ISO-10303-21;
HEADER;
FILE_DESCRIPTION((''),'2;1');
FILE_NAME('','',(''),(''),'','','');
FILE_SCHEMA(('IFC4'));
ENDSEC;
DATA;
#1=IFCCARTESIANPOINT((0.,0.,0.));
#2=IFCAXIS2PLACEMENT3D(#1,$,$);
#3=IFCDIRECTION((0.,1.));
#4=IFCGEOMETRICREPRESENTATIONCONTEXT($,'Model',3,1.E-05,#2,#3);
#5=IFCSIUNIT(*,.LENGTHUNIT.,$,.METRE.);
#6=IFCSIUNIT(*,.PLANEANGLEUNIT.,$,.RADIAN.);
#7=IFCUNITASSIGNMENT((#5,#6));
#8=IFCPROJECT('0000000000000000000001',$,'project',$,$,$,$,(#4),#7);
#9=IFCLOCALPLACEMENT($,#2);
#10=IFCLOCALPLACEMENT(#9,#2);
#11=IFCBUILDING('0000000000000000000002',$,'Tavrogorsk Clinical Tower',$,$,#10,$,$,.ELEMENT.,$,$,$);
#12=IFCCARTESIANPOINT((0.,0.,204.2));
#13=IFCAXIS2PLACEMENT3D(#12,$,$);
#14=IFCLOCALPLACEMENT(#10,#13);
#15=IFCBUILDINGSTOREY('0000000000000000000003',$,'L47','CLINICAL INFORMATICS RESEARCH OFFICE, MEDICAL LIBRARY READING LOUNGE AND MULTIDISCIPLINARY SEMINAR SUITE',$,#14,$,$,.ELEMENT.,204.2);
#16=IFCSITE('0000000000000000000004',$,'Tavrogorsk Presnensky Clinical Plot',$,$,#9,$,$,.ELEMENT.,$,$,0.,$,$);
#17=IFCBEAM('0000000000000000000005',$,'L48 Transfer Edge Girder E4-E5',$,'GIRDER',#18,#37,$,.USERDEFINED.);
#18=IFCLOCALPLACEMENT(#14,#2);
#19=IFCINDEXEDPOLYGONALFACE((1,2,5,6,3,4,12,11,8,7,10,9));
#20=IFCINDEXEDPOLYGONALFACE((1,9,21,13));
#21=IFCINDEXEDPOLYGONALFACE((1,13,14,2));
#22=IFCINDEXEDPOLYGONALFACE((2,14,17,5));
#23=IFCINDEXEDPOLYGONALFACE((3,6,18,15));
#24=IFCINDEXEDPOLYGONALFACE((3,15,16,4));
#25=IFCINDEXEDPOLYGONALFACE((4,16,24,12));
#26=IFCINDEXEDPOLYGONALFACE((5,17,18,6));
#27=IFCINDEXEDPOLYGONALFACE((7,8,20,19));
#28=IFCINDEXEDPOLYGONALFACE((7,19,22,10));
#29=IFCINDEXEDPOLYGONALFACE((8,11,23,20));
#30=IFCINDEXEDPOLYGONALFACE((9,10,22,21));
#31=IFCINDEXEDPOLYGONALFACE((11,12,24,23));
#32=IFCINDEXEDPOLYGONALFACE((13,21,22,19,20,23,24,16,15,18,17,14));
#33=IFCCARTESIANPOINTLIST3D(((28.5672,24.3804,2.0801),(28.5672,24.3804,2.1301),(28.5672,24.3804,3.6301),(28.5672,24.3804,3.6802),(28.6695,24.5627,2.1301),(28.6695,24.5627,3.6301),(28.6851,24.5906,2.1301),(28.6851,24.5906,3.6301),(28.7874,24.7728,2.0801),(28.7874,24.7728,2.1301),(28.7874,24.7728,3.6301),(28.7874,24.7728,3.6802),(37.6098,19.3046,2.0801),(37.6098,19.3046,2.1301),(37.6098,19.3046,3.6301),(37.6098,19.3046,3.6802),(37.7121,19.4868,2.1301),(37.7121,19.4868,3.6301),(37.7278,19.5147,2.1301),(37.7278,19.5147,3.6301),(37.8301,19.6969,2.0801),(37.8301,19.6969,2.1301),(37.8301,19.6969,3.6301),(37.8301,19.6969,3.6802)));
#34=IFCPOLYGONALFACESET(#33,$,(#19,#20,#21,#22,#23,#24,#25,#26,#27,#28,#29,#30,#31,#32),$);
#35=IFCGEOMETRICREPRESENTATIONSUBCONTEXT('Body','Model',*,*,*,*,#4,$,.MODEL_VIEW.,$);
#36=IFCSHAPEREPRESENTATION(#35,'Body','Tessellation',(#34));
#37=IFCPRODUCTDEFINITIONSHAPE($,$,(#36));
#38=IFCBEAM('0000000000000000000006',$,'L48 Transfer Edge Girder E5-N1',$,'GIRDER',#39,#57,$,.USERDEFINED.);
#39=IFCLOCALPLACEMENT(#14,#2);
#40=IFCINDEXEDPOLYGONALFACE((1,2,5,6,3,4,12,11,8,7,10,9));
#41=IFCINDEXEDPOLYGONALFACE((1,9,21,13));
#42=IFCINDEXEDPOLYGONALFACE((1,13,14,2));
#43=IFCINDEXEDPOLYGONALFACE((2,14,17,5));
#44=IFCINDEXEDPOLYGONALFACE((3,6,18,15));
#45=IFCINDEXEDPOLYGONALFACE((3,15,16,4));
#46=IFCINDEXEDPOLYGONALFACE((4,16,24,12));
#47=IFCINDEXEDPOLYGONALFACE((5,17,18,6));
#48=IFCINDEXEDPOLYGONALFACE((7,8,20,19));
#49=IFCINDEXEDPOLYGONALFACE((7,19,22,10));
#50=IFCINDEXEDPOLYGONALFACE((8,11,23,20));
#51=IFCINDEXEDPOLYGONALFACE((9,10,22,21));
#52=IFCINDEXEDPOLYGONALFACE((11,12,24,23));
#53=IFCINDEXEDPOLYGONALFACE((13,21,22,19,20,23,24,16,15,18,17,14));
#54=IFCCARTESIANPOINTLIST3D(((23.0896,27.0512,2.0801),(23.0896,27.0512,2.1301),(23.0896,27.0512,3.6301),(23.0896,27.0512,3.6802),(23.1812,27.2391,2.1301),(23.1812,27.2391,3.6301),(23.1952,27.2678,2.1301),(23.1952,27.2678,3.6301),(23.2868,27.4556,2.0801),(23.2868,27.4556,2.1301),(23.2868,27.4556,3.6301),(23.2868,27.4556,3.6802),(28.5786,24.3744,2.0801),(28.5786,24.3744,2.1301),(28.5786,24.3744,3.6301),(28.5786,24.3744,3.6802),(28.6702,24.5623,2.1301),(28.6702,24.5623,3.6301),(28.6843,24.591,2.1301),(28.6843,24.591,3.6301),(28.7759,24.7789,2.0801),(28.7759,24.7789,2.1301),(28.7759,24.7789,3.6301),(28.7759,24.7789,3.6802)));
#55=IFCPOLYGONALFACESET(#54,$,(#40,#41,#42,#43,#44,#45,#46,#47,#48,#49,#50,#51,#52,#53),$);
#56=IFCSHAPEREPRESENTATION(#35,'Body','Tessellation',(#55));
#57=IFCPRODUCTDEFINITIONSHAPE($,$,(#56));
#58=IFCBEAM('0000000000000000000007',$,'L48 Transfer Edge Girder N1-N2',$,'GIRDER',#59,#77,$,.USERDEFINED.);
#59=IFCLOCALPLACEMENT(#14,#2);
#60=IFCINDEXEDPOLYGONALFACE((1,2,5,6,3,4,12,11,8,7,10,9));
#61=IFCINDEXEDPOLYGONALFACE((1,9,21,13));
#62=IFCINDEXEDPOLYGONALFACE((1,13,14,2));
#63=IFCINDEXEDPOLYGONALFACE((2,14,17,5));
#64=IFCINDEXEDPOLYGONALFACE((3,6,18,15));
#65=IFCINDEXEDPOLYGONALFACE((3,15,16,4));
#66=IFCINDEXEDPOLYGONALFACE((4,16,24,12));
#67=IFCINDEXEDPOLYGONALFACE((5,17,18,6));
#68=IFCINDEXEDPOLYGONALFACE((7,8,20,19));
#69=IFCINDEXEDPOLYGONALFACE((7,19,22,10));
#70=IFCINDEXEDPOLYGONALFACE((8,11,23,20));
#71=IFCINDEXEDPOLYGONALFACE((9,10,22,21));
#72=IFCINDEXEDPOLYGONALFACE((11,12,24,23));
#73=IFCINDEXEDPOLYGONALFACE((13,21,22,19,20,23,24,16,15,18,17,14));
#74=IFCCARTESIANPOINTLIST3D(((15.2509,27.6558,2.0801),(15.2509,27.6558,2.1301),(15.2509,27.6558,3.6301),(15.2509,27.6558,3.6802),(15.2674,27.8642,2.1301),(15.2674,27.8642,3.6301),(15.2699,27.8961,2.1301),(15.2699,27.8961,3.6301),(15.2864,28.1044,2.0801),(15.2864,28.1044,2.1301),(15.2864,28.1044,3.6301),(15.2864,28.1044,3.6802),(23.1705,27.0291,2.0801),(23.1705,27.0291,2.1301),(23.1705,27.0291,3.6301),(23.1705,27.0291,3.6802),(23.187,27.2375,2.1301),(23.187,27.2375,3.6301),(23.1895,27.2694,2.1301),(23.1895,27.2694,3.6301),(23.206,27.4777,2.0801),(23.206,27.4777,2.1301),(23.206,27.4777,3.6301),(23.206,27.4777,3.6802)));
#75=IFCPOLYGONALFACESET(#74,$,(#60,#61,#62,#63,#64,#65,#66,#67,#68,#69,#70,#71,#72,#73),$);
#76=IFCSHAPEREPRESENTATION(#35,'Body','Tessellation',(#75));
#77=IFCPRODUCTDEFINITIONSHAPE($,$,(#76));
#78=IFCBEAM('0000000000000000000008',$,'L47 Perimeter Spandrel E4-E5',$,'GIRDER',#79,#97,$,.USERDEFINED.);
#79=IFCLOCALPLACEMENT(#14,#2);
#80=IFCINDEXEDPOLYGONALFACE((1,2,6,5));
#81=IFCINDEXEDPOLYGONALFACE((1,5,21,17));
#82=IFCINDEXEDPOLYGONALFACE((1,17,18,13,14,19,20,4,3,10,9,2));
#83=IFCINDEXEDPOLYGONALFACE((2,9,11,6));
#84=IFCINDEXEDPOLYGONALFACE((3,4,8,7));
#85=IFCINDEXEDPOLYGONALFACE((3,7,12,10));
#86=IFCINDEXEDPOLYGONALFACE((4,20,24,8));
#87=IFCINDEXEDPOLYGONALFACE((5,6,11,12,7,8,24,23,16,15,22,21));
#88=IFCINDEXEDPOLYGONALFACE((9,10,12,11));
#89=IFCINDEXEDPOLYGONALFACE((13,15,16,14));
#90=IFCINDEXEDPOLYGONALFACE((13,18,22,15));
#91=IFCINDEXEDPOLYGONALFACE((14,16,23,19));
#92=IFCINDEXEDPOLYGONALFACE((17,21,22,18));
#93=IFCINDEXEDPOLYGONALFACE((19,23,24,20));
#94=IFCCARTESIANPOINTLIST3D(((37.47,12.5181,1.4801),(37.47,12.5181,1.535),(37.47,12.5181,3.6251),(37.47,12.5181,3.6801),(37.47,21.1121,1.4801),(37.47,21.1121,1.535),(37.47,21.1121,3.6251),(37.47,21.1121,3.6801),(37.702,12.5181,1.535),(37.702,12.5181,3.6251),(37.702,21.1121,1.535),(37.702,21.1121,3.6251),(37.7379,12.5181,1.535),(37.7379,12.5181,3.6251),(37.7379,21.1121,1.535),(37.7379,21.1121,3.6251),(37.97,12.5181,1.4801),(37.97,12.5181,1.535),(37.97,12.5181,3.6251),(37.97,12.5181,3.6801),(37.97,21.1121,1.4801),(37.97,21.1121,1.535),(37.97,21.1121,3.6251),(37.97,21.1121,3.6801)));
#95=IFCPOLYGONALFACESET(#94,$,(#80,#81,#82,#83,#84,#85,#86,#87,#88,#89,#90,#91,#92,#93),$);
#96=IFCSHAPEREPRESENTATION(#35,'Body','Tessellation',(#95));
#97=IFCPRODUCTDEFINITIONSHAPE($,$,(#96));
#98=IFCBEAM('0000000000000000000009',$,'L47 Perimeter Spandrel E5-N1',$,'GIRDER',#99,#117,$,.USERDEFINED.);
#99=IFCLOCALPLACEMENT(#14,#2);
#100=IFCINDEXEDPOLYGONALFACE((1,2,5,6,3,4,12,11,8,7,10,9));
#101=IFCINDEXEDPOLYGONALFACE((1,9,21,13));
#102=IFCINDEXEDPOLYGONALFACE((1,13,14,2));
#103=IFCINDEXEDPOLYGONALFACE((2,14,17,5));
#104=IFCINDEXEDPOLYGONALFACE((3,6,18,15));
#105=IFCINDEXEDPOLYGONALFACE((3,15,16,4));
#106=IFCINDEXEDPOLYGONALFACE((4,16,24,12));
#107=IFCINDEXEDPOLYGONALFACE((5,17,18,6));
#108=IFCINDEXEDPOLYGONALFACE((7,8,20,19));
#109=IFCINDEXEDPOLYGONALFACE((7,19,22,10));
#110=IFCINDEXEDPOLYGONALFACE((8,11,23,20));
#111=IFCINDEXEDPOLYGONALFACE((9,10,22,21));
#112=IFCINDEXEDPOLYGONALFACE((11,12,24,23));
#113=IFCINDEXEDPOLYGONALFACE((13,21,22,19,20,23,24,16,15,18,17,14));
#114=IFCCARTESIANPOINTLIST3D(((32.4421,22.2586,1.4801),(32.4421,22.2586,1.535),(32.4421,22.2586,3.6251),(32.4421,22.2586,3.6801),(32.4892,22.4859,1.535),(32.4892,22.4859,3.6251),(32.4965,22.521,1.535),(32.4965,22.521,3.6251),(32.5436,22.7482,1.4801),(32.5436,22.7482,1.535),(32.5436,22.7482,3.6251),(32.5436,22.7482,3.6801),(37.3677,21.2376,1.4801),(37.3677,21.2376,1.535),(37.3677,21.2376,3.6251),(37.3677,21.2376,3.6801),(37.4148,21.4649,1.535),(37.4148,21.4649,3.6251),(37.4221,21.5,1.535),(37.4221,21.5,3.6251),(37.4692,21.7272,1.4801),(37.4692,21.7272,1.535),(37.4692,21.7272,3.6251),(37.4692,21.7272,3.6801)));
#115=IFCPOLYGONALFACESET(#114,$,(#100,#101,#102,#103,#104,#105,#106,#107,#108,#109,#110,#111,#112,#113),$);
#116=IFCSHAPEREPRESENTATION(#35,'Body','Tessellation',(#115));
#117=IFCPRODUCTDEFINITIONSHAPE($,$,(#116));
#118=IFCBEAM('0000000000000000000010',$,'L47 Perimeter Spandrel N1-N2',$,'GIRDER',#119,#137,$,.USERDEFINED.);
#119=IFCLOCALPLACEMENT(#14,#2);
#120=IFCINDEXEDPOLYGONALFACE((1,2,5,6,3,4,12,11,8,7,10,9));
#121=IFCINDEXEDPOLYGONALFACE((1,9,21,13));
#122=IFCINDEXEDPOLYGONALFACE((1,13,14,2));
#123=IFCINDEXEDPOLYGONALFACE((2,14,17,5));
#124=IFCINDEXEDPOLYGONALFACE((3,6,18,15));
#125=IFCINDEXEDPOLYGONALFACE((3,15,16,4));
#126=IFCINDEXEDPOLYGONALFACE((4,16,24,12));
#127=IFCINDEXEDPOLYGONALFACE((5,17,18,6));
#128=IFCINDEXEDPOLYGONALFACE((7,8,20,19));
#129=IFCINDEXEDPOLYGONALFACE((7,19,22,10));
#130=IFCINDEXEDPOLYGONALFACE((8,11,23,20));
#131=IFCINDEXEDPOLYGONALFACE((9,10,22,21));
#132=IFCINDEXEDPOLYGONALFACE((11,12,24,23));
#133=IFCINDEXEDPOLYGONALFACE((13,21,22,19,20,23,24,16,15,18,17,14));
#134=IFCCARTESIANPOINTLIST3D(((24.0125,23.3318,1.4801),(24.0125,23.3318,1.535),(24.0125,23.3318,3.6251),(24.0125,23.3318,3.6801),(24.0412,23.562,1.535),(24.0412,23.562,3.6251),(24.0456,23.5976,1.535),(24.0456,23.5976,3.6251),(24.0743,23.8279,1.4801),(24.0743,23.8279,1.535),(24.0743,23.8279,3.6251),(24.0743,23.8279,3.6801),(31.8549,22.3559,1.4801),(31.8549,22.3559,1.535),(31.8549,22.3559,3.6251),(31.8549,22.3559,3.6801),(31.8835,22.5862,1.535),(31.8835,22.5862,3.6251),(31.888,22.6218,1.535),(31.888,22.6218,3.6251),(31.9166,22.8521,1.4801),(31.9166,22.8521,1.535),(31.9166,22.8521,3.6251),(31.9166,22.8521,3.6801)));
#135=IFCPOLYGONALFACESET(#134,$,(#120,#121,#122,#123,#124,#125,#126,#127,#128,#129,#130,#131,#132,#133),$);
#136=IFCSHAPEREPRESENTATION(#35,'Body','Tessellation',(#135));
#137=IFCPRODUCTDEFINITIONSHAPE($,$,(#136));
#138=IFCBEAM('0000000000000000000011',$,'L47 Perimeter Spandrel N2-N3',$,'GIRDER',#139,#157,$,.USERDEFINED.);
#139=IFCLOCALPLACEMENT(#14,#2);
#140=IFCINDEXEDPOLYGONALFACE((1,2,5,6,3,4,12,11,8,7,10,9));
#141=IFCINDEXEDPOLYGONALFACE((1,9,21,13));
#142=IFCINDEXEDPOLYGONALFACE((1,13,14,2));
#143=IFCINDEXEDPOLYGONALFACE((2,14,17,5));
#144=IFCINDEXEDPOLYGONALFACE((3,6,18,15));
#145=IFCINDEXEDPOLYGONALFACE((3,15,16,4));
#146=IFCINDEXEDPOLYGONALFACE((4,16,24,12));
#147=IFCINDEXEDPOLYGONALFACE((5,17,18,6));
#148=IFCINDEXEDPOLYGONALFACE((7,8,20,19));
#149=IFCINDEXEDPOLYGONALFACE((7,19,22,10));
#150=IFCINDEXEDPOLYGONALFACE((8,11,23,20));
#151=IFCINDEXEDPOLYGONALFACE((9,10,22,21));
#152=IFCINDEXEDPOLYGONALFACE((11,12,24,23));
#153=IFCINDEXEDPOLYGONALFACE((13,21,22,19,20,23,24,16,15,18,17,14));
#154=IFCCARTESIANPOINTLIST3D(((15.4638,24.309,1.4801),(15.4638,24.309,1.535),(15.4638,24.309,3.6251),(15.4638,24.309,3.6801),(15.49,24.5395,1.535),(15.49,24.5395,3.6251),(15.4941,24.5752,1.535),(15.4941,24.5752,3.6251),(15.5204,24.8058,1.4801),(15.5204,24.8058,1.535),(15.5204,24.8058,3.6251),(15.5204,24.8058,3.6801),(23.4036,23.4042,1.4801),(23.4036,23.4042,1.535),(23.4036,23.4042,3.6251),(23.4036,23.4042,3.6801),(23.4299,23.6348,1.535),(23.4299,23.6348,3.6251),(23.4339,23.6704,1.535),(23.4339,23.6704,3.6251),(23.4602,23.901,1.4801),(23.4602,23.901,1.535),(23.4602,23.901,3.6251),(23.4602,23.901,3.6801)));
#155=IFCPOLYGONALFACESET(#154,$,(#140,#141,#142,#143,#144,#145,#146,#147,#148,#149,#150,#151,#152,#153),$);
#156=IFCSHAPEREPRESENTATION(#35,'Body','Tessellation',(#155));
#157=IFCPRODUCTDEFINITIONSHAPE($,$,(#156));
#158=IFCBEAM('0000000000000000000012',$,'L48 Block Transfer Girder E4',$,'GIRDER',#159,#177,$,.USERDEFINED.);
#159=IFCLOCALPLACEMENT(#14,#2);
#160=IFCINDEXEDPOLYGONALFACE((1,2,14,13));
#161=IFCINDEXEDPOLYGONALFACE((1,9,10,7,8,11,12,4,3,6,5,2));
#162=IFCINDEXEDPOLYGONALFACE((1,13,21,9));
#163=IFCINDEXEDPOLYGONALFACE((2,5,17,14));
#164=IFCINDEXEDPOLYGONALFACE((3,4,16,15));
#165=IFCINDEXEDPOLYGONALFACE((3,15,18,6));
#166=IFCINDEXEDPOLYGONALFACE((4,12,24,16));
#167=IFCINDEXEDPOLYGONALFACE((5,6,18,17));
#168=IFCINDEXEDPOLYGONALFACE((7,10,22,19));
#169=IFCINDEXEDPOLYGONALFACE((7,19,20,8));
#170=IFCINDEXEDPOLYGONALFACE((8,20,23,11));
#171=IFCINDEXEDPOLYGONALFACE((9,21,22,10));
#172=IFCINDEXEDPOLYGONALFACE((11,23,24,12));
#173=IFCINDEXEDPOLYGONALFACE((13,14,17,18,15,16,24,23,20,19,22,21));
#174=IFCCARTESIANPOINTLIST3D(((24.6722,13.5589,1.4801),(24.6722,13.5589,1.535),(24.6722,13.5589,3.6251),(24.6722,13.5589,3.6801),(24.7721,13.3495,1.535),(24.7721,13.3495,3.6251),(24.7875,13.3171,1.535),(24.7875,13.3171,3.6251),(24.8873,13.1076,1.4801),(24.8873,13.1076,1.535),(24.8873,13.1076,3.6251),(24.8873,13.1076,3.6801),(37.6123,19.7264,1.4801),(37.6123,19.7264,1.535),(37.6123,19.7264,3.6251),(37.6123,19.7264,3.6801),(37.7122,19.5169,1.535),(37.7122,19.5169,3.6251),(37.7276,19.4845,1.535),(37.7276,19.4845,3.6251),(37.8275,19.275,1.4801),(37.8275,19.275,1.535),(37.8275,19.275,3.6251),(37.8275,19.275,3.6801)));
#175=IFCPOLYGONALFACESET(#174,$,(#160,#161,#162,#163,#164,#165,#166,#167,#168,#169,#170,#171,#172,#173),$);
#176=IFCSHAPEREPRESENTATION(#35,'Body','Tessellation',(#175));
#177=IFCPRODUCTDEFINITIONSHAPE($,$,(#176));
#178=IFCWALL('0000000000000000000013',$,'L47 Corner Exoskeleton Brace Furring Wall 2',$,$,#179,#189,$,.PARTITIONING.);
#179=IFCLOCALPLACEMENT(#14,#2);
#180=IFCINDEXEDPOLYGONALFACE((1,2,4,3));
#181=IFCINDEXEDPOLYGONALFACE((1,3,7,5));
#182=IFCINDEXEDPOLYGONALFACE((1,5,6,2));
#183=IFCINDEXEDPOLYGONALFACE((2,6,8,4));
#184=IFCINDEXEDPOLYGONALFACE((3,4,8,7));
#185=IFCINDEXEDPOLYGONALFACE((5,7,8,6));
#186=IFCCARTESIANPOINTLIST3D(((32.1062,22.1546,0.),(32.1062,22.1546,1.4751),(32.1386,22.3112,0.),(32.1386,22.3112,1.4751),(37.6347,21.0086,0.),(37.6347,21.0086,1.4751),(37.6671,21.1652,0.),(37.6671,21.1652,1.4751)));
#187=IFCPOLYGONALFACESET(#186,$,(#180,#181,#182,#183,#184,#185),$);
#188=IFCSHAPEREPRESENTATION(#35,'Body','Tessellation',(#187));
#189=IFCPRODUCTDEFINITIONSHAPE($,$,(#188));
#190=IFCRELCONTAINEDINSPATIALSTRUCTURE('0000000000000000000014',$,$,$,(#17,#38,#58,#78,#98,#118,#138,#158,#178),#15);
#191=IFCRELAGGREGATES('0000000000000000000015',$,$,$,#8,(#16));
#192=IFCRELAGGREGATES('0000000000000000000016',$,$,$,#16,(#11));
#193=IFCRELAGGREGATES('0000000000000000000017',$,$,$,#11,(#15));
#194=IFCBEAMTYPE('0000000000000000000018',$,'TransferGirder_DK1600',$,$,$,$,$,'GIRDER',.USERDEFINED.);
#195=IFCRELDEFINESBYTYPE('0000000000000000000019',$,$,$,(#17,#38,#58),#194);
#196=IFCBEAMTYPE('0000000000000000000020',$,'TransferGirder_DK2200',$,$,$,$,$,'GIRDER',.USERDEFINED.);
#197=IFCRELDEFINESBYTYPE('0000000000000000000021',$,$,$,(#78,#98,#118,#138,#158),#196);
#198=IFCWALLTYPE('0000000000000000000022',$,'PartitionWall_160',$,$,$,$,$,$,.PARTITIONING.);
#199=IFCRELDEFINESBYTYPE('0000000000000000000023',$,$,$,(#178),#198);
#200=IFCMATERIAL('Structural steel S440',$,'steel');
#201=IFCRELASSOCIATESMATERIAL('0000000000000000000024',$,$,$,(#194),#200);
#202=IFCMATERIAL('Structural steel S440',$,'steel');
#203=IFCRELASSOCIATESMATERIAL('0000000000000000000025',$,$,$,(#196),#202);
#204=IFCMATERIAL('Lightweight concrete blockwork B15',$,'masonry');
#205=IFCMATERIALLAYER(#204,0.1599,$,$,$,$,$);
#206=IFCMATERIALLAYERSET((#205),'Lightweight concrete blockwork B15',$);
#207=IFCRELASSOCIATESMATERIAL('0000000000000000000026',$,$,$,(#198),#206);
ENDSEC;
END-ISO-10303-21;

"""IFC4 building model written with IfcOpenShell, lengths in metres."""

from ifc_helpers import new_model, si_unit, direction, frame, frame_2d, origin, origin_2d, place, context, subcontext, project, spatial, rectangle, i_section, extrude, material, layer, layer_set, material_profile, profile_set, type_object, element, save


model = new_model("IFC4")

# Units and contexts
model_context = context("Model", 3, precision=1e-05, world=origin(), true_north=direction((0.0, 1.0)))
body_context = subcontext(model_context, "Body", "Model", "MODEL_VIEW")
ifc_project = project(units=[si_unit("LENGTHUNIT", "METRE"), si_unit("PLANEANGLEUNIT", "RADIAN")], contexts=[model_context])

# Site, building, storey
site_placement = place(None, origin())
site = spatial("IfcSite", under=ifc_project, at=site_placement, Name="Tavrogorsk Presnensky Clinical Plot", CompositionType="ELEMENT", RefElevation=0.0)
building_placement = place(site_placement, origin())
building = spatial("IfcBuilding", under=site, at=building_placement, Name="Tavrogorsk Clinical Tower", CompositionType="ELEMENT")
storey_placement = place(building_placement, frame((0.0, 0.0, 204.2)))
storey = spatial("IfcBuildingStorey", under=building, at=storey_placement, Name="L47", Description="CLINICAL INFORMATICS RESEARCH OFFICE, MEDICAL LIBRARY READING LOUNGE AND MULTIDISCIPLINARY SEMINAR SUITE", CompositionType="ELEMENT", Elevation=204.2)

# Beams
ifc_material_1 = material(Name="Structural steel S440", Category="steel")
ifc_material_profile_1 = material_profile(ifc_material_1, i_section(OverallWidth=0.45, OverallDepth=1.6001, WebThickness=0.032, FlangeThickness=0.05, at=origin_2d()), Name="DK-1600x450x32x50")
ifc_profile_set_1 = profile_set([ifc_material_profile_1], Name="Structural steel S440")
beam_type_1 = type_object("IfcBeamType", Name="TransferGirder_DK1600", ElementType="GIRDER", PredefinedType="USERDEFINED", material=ifc_profile_set_1)
beam_1_placement = place(storey_placement, frame((37.72, 19.5007, 2.8801), z_axis=(-0.872012, 0.489484, 0.0), x_axis=(-0.489484, -0.872012, 0.0)))
element("IfcBeam", 1, at=beam_1_placement, inside=storey, type_object=beam_type_1, Name="L48 Transfer Edge Girder E4-E5", ObjectType="GIRDER", PredefinedType="USERDEFINED", context=body_context, shape_type="SweptSolid", body=[
    extrude(i_section(OverallWidth=0.45, OverallDepth=1.6001, WebThickness=0.032, FlangeThickness=0.05, at=origin_2d()), origin(), (0.0, 0.0, 1.0), 10.3699),
])
beam_2_placement = place(storey_placement, frame((28.6772, 24.5767, 2.8801), z_axis=(-0.898821, 0.438317, 0.0), x_axis=(-0.438317, -0.898821, 0.0)))
element("IfcBeam", 2, at=beam_2_placement, inside=storey, type_object=beam_type_1, Name="L48 Transfer Edge Girder E5-N1", ObjectType="GIRDER", PredefinedType="USERDEFINED", context=body_context, shape_type="SweptSolid", body=[
    extrude(i_section(OverallWidth=0.45, OverallDepth=1.6001, WebThickness=0.032, FlangeThickness=0.05, at=origin_2d()), origin(), (0.0, 0.0, 1.0), 6.1069),
])
beam_3_placement = place(storey_placement, frame((23.1882, 27.2534, 2.8801), z_axis=(-0.996884, 0.078887, 0.0), x_axis=(-0.078887, -0.996884, 0.0)))
element("IfcBeam", 3, at=beam_3_placement, inside=storey, type_object=beam_type_1, Name="L48 Transfer Edge Girder N1-N2", ObjectType="GIRDER", PredefinedType="USERDEFINED", context=body_context, shape_type="SweptSolid", body=[
    extrude(i_section(OverallWidth=0.45, OverallDepth=1.6001, WebThickness=0.032, FlangeThickness=0.05, at=origin_2d()), origin(), (0.0, 0.0, 1.0), 7.9443),
])
ifc_material_2 = material(Name="Structural steel S440", Category="steel")
ifc_material_profile_2 = material_profile(ifc_material_2, i_section(OverallWidth=0.5, OverallDepth=2.2, WebThickness=0.0359, FlangeThickness=0.0549, at=origin_2d()), Name="DK-2200x500x36x55")
ifc_profile_set_2 = profile_set([ifc_material_profile_2], Name="Structural steel S440")
beam_type_2 = type_object("IfcBeamType", Name="TransferGirder_DK2200", ElementType="GIRDER", PredefinedType="USERDEFINED", material=ifc_profile_set_2)
beam_4_placement = place(storey_placement, frame((37.72, 12.5181, 2.5801), z_axis=(0.0, 1.0, 0.0), x_axis=(-1.0, 0.0, 0.0)))
element("IfcBeam", 4, at=beam_4_placement, inside=storey, type_object=beam_type_2, Name="L47 Perimeter Spandrel E4-E5", ObjectType="GIRDER", PredefinedType="USERDEFINED", context=body_context, shape_type="SweptSolid", body=[
    extrude(i_section(OverallWidth=0.5, OverallDepth=2.2, WebThickness=0.0359, FlangeThickness=0.0549, at=origin_2d()), origin(), (0.0, 0.0, 1.0), 8.594),
])
beam_5_placement = place(storey_placement, frame((37.4185, 21.4824, 2.5801), z_axis=(-0.979185, 0.202972, 0.0), x_axis=(-0.202972, -0.979185, 0.0)))
element("IfcBeam", 5, at=beam_5_placement, inside=storey, type_object=beam_type_2, Name="L47 Perimeter Spandrel E5-N1", ObjectType="GIRDER", PredefinedType="USERDEFINED", context=body_context, shape_type="SweptSolid", body=[
    extrude(i_section(OverallWidth=0.5, OverallDepth=2.2, WebThickness=0.0359, FlangeThickness=0.0549, at=origin_2d()), origin(), (0.0, 0.0, 1.0), 5.0303),
])
beam_6_placement = place(storey_placement, frame((31.8857, 22.604, 2.5801), z_axis=(-0.992347, 0.12348, 0.0), x_axis=(-0.12348, -0.992347, 0.0)))
element("IfcBeam", 6, at=beam_6_placement, inside=storey, type_object=beam_type_2, Name="L47 Perimeter Spandrel N1-N2", ObjectType="GIRDER", PredefinedType="USERDEFINED", context=body_context, shape_type="SweptSolid", body=[
    extrude(i_section(OverallWidth=0.5, OverallDepth=2.2, WebThickness=0.0359, FlangeThickness=0.0549, at=origin_2d()), origin(), (0.0, 0.0, 1.0), 7.9028),
])
beam_7_placement = place(storey_placement, frame((23.4319, 23.6526, 2.5801), z_axis=(-0.99357, 0.113221, 0.0), x_axis=(-0.113221, -0.99357, 0.0)))
element("IfcBeam", 7, at=beam_7_placement, inside=storey, type_object=beam_type_2, Name="L47 Perimeter Spandrel N2-N3", ObjectType="GIRDER", PredefinedType="USERDEFINED", context=body_context, shape_type="SweptSolid", body=[
    extrude(i_section(OverallWidth=0.5, OverallDepth=2.2, WebThickness=0.0359, FlangeThickness=0.0549, at=origin_2d()), origin(), (0.0, 0.0, 1.0), 7.9912),
])
beam_8_placement = place(storey_placement, frame((24.7798, 13.3333, 2.5801), z_axis=(0.902712, 0.430246, 0.0), x_axis=(-0.430246, 0.902712, 0.0)))
element("IfcBeam", 8, at=beam_8_placement, inside=storey, type_object=beam_type_2, Name="L48 Block Transfer Girder E4", ObjectType="GIRDER", PredefinedType="USERDEFINED", context=body_context, shape_type="SweptSolid", body=[
    extrude(i_section(OverallWidth=0.5, OverallDepth=2.2, WebThickness=0.0359, FlangeThickness=0.0549, at=origin_2d()), origin(), (0.0, 0.0, 1.0), 14.3347),
])

# Wall
ifc_material_3 = material(Name="Lightweight concrete blockwork B15", Category="masonry")
ifc_layer_1 = layer(ifc_material_3, 0.1599)
ifc_layer_set_1 = layer_set([ifc_layer_1], Name="Lightweight concrete blockwork B15")
wall_type_1 = type_object("IfcWallType", Name="PartitionWall_160", PredefinedType="PARTITIONING", material=ifc_layer_set_1)
wall_1_placement = place(storey_placement, frame((37.6509, 21.0869, 0.0), z_axis=(0.0, 0.0, 1.0), x_axis=(-0.979185, 0.202972, 0.0)))
element("IfcWall", 9, at=wall_1_placement, inside=storey, type_object=wall_type_1, Name="L47 Corner Exoskeleton Brace Furring Wall 2", PredefinedType="PARTITIONING", context=body_context, shape_type="SweptSolid", body=[
    extrude(rectangle(XDim=5.646, YDim=0.1599, at=frame_2d((2.823, 0.0))), origin(), (0.0, 0.0, 1.0), 1.4751),
])

save(model, "model.ifc")
